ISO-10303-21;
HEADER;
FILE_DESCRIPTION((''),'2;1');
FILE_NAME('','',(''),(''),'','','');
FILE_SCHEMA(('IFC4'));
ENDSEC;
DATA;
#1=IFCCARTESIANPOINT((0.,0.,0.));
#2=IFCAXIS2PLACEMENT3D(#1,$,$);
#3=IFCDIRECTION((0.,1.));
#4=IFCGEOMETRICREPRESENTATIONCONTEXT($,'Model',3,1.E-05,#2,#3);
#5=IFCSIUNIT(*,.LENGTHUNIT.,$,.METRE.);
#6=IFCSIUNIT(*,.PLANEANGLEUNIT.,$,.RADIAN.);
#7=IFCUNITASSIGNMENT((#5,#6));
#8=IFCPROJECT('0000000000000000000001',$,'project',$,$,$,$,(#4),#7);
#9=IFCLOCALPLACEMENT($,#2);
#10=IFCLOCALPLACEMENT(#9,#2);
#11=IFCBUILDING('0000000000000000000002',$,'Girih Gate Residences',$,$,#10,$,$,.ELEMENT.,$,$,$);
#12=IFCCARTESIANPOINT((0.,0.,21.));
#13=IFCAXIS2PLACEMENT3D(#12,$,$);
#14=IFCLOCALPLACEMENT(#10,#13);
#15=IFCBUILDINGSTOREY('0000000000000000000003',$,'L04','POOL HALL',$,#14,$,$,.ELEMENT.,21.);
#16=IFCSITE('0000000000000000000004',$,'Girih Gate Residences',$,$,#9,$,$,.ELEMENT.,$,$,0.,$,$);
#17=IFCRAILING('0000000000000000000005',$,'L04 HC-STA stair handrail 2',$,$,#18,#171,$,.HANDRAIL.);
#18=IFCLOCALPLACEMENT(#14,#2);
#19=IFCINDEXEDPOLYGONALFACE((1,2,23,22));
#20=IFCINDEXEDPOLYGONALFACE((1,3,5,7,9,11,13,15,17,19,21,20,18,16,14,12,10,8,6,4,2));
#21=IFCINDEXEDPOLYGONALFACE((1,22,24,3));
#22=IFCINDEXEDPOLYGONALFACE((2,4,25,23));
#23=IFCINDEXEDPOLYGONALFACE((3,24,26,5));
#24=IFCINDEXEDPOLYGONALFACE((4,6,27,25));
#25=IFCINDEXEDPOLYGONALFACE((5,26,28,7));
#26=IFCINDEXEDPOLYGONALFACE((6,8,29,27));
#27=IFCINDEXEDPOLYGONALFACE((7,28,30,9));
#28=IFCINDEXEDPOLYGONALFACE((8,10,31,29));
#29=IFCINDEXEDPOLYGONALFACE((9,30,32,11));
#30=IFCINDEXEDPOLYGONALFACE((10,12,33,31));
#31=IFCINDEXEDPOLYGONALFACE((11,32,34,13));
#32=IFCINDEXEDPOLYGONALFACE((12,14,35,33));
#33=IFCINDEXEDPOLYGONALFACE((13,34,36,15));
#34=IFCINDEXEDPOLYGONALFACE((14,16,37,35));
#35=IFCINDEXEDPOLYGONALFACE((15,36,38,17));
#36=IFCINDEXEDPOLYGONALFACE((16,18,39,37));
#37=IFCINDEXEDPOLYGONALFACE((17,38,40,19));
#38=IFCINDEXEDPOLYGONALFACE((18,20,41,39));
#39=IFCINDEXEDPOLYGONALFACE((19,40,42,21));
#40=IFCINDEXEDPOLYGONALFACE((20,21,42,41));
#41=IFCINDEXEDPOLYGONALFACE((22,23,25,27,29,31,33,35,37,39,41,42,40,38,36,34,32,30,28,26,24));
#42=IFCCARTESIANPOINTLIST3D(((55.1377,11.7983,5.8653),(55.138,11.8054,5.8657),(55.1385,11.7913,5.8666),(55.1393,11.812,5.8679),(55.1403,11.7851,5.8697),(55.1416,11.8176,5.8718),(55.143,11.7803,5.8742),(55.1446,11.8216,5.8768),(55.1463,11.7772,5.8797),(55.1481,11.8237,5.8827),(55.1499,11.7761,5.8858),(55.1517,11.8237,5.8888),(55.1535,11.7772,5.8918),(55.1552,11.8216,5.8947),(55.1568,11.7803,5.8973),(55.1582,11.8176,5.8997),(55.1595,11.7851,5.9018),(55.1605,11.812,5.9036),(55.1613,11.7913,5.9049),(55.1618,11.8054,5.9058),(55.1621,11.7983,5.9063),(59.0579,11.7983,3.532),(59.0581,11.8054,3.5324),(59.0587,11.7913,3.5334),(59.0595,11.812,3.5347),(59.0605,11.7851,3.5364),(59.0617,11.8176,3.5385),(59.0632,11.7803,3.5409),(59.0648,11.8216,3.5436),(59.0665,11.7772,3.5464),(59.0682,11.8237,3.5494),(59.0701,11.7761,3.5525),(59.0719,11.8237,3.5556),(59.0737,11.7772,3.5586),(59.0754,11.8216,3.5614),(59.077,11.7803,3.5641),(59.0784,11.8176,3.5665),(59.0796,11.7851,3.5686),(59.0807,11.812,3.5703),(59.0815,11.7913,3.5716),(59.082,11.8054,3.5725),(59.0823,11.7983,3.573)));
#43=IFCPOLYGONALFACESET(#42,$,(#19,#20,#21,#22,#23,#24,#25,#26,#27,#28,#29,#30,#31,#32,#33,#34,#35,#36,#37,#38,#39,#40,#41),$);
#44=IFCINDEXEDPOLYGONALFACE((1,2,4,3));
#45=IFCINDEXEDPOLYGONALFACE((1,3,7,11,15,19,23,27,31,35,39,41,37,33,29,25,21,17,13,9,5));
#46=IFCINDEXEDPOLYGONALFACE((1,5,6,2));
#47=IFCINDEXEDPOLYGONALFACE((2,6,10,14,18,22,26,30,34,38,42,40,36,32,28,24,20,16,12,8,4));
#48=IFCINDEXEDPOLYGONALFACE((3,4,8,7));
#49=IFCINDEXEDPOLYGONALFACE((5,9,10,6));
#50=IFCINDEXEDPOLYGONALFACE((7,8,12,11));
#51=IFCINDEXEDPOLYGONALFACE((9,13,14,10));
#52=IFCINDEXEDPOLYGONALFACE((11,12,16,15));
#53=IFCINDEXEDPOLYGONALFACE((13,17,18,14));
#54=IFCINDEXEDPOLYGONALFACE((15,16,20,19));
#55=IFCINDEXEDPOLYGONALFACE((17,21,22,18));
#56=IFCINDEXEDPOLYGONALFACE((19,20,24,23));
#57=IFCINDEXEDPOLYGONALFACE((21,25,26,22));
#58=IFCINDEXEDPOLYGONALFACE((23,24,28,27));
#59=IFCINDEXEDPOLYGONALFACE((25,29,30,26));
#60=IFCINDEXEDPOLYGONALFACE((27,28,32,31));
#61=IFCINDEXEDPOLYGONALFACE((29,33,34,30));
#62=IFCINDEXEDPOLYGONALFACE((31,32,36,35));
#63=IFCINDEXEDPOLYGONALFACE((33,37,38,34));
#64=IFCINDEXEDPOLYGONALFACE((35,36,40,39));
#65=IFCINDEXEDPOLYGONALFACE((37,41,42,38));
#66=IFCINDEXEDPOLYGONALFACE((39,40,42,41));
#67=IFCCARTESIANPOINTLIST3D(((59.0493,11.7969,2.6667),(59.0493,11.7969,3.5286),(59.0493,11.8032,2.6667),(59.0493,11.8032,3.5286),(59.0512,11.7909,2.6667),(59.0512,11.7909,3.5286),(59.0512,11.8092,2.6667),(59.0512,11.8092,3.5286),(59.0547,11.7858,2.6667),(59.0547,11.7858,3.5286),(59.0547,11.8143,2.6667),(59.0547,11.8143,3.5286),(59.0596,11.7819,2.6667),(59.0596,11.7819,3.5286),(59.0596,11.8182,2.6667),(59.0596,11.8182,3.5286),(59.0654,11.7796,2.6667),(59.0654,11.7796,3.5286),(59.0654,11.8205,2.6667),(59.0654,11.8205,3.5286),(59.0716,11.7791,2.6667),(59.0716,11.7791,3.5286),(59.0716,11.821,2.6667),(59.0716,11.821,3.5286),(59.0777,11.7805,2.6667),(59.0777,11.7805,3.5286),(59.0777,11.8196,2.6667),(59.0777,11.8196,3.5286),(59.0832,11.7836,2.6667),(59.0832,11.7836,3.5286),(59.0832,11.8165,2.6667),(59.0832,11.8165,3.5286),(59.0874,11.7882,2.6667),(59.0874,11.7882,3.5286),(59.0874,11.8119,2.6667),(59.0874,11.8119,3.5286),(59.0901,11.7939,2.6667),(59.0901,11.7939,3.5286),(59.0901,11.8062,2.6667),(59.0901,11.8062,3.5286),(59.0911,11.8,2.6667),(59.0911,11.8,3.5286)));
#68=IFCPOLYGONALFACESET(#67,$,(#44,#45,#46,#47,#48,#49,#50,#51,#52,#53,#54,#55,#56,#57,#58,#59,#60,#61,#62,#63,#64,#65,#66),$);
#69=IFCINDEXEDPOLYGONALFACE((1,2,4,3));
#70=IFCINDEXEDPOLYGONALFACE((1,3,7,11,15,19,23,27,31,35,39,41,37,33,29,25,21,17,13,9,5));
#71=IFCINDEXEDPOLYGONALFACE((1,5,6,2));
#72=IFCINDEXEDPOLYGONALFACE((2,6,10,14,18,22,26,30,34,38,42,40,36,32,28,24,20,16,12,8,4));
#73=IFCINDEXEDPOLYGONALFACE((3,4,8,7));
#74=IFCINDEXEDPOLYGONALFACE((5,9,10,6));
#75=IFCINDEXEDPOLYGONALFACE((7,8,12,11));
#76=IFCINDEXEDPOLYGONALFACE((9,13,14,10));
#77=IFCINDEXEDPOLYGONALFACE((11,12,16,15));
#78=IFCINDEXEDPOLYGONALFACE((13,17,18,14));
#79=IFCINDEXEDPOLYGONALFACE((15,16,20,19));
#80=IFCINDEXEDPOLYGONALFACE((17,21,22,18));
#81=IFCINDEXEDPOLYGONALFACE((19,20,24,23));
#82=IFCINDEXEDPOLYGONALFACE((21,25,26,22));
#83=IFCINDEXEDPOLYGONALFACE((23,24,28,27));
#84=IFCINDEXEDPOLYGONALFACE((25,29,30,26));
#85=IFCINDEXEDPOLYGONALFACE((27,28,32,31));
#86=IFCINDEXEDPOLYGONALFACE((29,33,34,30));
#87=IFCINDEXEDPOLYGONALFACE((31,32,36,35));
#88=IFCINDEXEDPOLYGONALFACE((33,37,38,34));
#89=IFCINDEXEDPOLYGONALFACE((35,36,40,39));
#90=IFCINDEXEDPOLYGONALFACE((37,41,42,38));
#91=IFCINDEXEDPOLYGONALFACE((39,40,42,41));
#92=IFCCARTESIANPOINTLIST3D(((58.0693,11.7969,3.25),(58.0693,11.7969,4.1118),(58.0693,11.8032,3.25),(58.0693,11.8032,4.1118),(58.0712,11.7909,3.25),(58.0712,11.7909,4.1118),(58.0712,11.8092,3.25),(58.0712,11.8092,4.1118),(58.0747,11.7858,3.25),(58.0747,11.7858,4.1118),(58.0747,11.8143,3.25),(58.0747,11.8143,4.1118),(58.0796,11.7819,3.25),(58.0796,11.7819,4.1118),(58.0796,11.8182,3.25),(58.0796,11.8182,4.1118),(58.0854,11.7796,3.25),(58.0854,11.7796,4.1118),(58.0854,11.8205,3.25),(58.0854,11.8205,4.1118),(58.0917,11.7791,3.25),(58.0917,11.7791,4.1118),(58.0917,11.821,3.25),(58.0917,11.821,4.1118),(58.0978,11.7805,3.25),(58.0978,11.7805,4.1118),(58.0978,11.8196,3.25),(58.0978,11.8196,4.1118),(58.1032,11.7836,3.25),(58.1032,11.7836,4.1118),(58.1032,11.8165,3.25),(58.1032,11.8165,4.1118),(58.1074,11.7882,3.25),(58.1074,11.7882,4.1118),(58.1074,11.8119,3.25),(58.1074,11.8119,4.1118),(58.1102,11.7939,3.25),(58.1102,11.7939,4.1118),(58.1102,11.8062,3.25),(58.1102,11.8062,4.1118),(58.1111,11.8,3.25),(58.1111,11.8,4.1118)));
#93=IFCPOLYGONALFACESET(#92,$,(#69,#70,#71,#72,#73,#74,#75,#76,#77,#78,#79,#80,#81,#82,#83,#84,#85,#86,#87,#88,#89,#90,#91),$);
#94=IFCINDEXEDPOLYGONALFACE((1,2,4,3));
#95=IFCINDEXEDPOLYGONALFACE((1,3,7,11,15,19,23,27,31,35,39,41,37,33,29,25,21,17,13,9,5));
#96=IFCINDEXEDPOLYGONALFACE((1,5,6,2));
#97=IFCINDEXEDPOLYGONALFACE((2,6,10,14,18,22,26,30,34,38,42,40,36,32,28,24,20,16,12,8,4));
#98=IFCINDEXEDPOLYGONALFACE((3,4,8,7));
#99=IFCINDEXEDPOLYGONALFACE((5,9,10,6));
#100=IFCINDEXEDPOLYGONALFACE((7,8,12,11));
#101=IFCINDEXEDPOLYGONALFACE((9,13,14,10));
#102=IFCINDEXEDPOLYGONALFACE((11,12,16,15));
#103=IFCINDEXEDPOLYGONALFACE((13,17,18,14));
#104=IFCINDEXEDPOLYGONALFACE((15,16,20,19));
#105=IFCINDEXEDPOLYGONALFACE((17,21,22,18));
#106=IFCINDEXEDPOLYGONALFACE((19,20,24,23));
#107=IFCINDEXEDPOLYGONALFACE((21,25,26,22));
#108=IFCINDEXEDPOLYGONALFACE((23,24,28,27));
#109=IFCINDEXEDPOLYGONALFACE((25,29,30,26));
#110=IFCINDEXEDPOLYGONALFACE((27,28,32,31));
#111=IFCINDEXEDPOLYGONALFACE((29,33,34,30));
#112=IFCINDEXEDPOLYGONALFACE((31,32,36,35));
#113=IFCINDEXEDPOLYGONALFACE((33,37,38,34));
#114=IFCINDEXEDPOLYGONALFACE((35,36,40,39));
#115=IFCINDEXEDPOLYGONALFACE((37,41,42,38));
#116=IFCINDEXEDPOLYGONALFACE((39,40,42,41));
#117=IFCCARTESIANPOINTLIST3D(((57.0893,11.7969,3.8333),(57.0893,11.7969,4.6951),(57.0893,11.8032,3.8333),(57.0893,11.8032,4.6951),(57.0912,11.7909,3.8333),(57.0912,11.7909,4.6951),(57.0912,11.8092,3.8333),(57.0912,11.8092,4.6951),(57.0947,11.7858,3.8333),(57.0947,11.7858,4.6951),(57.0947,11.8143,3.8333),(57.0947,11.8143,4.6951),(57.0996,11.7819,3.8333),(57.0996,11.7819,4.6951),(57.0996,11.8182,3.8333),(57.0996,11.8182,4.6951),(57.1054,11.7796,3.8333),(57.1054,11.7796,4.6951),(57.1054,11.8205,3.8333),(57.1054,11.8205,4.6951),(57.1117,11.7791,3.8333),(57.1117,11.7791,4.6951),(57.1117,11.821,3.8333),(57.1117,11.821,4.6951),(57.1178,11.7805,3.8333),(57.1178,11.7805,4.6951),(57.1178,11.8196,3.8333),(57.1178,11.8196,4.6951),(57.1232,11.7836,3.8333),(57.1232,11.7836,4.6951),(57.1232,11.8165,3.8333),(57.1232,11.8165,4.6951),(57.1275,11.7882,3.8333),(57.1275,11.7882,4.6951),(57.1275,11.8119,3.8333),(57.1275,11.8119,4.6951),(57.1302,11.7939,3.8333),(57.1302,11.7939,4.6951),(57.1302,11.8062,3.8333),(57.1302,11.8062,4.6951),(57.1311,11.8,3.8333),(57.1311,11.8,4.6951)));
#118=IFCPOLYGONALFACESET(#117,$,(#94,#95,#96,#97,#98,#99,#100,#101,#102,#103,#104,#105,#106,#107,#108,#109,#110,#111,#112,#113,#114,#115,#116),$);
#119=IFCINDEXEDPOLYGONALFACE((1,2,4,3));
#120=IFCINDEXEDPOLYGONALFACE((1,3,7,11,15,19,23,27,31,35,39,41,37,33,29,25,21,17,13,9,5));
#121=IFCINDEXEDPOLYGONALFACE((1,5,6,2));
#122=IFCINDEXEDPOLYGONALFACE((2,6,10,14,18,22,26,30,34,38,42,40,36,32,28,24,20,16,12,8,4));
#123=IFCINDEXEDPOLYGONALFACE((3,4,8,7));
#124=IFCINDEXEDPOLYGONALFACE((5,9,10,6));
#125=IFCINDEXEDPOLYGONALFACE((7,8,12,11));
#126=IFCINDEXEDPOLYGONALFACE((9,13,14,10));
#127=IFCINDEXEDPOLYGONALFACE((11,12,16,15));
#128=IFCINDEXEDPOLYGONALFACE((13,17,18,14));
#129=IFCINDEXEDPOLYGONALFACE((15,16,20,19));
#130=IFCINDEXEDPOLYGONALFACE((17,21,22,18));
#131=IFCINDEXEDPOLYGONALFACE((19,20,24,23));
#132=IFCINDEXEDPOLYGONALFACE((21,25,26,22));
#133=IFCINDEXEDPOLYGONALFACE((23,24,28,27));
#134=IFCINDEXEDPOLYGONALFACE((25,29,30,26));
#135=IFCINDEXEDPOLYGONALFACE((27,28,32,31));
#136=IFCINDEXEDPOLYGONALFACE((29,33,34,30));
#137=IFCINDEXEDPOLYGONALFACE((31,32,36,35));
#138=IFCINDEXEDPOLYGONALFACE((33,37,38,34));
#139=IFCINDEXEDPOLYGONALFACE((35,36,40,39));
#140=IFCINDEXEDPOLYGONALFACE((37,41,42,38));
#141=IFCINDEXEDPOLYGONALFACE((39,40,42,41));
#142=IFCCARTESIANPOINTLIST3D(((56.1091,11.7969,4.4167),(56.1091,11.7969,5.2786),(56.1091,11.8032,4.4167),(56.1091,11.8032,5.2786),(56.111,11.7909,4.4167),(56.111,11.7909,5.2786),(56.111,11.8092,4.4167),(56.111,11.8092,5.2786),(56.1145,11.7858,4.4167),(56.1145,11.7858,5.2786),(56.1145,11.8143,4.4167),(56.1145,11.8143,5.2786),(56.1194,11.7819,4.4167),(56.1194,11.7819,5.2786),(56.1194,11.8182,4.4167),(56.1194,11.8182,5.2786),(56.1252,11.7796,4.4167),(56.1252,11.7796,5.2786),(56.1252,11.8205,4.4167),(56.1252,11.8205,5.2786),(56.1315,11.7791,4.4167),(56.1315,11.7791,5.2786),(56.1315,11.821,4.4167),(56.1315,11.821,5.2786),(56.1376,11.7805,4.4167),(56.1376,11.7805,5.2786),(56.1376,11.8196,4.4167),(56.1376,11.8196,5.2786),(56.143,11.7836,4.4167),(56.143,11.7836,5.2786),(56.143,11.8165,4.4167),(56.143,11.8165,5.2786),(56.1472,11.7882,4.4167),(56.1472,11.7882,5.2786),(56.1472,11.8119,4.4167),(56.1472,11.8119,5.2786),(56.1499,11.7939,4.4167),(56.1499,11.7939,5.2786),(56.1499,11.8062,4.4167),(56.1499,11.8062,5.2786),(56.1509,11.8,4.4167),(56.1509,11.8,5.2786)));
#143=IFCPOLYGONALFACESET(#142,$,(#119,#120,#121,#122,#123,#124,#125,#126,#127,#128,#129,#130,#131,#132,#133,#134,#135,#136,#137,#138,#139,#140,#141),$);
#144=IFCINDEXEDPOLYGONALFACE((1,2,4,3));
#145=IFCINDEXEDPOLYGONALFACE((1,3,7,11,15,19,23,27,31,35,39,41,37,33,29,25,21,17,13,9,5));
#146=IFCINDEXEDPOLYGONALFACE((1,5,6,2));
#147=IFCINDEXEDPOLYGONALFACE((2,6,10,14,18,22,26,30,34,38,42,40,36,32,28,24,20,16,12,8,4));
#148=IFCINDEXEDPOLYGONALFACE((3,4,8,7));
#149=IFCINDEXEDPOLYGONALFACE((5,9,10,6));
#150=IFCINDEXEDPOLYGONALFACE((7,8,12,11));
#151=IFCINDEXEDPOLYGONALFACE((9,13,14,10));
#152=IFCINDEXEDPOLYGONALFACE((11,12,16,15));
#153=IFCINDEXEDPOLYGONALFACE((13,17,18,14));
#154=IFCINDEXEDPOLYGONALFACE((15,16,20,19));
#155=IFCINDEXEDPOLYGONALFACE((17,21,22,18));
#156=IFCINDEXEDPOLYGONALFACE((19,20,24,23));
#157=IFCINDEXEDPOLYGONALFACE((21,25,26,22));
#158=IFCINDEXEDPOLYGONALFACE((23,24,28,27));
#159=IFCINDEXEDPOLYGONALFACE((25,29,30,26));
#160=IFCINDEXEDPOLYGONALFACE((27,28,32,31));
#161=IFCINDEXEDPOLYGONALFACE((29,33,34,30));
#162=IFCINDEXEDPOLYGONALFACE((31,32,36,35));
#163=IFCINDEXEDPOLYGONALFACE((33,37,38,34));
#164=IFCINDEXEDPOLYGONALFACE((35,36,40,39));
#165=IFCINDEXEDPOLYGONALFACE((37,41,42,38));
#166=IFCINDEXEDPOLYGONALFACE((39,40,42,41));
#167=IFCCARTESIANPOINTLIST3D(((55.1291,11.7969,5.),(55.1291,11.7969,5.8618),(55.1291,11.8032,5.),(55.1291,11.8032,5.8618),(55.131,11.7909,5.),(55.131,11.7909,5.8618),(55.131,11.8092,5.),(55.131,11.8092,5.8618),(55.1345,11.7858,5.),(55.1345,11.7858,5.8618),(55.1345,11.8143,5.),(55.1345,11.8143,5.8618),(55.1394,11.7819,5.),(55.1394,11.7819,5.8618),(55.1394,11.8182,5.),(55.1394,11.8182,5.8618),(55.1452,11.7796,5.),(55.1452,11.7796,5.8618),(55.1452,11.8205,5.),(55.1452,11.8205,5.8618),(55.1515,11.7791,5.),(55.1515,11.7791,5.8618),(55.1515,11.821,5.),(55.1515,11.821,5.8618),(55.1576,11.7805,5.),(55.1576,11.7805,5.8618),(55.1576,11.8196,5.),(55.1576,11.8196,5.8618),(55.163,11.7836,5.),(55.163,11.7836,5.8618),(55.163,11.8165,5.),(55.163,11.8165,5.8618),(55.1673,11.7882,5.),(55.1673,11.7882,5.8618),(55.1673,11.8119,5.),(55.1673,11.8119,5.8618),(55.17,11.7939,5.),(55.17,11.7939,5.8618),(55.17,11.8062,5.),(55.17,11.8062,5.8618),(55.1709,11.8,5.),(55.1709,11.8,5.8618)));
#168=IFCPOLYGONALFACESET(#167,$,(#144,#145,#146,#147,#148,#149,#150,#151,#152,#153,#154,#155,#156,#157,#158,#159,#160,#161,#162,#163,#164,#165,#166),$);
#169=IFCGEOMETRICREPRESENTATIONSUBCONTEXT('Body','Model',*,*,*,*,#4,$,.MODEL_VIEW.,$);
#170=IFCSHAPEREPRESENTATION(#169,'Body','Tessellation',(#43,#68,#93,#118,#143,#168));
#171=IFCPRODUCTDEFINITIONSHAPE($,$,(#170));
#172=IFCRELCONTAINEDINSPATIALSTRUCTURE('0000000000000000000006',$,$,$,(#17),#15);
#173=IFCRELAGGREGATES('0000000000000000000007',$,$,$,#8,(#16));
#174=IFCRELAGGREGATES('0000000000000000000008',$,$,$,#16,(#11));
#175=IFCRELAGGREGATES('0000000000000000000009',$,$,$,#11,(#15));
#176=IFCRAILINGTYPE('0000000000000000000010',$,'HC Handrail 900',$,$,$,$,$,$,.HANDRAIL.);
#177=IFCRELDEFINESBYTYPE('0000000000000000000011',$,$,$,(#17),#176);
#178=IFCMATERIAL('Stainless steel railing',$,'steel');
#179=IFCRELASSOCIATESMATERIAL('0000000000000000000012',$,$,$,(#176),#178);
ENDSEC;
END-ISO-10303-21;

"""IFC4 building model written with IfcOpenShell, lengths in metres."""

from ifc_helpers import new_model, si_unit, direction, frame, origin, origin_2d, place, context, subcontext, project, spatial, circle, extrude, material, type_object, element, save


model = new_model("IFC4")

# Units and contexts
model_context = context("Model", 3, precision=1e-05, world=origin(), true_north=direction((0.0, 1.0)))
body_context = subcontext(model_context, "Body", "Model", "MODEL_VIEW")
ifc_project = project(units=[si_unit("LENGTHUNIT", "METRE"), si_unit("PLANEANGLEUNIT", "RADIAN")], contexts=[model_context])

# Site, building, storey
site_placement = place(None, origin())
site = spatial("IfcSite", under=ifc_project, at=site_placement, Name="Girih Gate Residences", CompositionType="ELEMENT", RefElevation=0.0)
building_placement = place(site_placement, origin())
building = spatial("IfcBuilding", under=site, at=building_placement, Name="Girih Gate Residences", CompositionType="ELEMENT")
storey_placement = place(building_placement, frame((0.0, 0.0, 21.0)))
storey = spatial("IfcBuildingStorey", under=building, at=storey_placement, Name="L04", Description="POOL HALL", CompositionType="ELEMENT", Elevation=21.0)

# Railing
ifc_material_1 = material(Name="Stainless steel railing", Category="steel")
railing_type = type_object("IfcRailingType", Name="HC Handrail 900", PredefinedType="HANDRAIL", material=ifc_material_1)
railing_placement = place(storey_placement, frame((59.0701, 11.8, 2.6667)))
element("IfcRailing", 1, at=railing_placement, inside=storey, type_object=railing_type, Name="L04 HC-STA stair handrail 2", PredefinedType="HANDRAIL", context=body_context, shape_type="SweptSolid", body=[
    extrude(circle(Radius=0.0239, at=origin_2d()), frame((0.0, 0.0, 0.8857), z_axis=(-0.85931, 0.0, 0.511455), x_axis=(0.0, -1.0, 0.0)), (0.0, 0.0, 1.0), 4.562),
    extrude(circle(Radius=0.021, at=origin_2d()), origin(), (0.0, 0.0, 1.0), 0.8618),
    extrude(circle(Radius=0.021, at=origin_2d()), frame((-0.98, 0.0, 0.5833)), (0.0, 0.0, 1.0), 0.8618),
    extrude(circle(Radius=0.021, at=origin_2d()), frame((-1.96, 0.0, 1.1665)), (0.0, 0.0, 1.0), 0.8618),
    extrude(circle(Radius=0.021, at=origin_2d()), frame((-2.9402, 0.0, 1.75)), (0.0, 0.0, 1.0), 0.8618),
    extrude(circle(Radius=0.021, at=origin_2d()), frame((-3.9202, 0.0, 2.3333)), (0.0, 0.0, 1.0), 0.8618),
])

save(model, "model.ifc")
